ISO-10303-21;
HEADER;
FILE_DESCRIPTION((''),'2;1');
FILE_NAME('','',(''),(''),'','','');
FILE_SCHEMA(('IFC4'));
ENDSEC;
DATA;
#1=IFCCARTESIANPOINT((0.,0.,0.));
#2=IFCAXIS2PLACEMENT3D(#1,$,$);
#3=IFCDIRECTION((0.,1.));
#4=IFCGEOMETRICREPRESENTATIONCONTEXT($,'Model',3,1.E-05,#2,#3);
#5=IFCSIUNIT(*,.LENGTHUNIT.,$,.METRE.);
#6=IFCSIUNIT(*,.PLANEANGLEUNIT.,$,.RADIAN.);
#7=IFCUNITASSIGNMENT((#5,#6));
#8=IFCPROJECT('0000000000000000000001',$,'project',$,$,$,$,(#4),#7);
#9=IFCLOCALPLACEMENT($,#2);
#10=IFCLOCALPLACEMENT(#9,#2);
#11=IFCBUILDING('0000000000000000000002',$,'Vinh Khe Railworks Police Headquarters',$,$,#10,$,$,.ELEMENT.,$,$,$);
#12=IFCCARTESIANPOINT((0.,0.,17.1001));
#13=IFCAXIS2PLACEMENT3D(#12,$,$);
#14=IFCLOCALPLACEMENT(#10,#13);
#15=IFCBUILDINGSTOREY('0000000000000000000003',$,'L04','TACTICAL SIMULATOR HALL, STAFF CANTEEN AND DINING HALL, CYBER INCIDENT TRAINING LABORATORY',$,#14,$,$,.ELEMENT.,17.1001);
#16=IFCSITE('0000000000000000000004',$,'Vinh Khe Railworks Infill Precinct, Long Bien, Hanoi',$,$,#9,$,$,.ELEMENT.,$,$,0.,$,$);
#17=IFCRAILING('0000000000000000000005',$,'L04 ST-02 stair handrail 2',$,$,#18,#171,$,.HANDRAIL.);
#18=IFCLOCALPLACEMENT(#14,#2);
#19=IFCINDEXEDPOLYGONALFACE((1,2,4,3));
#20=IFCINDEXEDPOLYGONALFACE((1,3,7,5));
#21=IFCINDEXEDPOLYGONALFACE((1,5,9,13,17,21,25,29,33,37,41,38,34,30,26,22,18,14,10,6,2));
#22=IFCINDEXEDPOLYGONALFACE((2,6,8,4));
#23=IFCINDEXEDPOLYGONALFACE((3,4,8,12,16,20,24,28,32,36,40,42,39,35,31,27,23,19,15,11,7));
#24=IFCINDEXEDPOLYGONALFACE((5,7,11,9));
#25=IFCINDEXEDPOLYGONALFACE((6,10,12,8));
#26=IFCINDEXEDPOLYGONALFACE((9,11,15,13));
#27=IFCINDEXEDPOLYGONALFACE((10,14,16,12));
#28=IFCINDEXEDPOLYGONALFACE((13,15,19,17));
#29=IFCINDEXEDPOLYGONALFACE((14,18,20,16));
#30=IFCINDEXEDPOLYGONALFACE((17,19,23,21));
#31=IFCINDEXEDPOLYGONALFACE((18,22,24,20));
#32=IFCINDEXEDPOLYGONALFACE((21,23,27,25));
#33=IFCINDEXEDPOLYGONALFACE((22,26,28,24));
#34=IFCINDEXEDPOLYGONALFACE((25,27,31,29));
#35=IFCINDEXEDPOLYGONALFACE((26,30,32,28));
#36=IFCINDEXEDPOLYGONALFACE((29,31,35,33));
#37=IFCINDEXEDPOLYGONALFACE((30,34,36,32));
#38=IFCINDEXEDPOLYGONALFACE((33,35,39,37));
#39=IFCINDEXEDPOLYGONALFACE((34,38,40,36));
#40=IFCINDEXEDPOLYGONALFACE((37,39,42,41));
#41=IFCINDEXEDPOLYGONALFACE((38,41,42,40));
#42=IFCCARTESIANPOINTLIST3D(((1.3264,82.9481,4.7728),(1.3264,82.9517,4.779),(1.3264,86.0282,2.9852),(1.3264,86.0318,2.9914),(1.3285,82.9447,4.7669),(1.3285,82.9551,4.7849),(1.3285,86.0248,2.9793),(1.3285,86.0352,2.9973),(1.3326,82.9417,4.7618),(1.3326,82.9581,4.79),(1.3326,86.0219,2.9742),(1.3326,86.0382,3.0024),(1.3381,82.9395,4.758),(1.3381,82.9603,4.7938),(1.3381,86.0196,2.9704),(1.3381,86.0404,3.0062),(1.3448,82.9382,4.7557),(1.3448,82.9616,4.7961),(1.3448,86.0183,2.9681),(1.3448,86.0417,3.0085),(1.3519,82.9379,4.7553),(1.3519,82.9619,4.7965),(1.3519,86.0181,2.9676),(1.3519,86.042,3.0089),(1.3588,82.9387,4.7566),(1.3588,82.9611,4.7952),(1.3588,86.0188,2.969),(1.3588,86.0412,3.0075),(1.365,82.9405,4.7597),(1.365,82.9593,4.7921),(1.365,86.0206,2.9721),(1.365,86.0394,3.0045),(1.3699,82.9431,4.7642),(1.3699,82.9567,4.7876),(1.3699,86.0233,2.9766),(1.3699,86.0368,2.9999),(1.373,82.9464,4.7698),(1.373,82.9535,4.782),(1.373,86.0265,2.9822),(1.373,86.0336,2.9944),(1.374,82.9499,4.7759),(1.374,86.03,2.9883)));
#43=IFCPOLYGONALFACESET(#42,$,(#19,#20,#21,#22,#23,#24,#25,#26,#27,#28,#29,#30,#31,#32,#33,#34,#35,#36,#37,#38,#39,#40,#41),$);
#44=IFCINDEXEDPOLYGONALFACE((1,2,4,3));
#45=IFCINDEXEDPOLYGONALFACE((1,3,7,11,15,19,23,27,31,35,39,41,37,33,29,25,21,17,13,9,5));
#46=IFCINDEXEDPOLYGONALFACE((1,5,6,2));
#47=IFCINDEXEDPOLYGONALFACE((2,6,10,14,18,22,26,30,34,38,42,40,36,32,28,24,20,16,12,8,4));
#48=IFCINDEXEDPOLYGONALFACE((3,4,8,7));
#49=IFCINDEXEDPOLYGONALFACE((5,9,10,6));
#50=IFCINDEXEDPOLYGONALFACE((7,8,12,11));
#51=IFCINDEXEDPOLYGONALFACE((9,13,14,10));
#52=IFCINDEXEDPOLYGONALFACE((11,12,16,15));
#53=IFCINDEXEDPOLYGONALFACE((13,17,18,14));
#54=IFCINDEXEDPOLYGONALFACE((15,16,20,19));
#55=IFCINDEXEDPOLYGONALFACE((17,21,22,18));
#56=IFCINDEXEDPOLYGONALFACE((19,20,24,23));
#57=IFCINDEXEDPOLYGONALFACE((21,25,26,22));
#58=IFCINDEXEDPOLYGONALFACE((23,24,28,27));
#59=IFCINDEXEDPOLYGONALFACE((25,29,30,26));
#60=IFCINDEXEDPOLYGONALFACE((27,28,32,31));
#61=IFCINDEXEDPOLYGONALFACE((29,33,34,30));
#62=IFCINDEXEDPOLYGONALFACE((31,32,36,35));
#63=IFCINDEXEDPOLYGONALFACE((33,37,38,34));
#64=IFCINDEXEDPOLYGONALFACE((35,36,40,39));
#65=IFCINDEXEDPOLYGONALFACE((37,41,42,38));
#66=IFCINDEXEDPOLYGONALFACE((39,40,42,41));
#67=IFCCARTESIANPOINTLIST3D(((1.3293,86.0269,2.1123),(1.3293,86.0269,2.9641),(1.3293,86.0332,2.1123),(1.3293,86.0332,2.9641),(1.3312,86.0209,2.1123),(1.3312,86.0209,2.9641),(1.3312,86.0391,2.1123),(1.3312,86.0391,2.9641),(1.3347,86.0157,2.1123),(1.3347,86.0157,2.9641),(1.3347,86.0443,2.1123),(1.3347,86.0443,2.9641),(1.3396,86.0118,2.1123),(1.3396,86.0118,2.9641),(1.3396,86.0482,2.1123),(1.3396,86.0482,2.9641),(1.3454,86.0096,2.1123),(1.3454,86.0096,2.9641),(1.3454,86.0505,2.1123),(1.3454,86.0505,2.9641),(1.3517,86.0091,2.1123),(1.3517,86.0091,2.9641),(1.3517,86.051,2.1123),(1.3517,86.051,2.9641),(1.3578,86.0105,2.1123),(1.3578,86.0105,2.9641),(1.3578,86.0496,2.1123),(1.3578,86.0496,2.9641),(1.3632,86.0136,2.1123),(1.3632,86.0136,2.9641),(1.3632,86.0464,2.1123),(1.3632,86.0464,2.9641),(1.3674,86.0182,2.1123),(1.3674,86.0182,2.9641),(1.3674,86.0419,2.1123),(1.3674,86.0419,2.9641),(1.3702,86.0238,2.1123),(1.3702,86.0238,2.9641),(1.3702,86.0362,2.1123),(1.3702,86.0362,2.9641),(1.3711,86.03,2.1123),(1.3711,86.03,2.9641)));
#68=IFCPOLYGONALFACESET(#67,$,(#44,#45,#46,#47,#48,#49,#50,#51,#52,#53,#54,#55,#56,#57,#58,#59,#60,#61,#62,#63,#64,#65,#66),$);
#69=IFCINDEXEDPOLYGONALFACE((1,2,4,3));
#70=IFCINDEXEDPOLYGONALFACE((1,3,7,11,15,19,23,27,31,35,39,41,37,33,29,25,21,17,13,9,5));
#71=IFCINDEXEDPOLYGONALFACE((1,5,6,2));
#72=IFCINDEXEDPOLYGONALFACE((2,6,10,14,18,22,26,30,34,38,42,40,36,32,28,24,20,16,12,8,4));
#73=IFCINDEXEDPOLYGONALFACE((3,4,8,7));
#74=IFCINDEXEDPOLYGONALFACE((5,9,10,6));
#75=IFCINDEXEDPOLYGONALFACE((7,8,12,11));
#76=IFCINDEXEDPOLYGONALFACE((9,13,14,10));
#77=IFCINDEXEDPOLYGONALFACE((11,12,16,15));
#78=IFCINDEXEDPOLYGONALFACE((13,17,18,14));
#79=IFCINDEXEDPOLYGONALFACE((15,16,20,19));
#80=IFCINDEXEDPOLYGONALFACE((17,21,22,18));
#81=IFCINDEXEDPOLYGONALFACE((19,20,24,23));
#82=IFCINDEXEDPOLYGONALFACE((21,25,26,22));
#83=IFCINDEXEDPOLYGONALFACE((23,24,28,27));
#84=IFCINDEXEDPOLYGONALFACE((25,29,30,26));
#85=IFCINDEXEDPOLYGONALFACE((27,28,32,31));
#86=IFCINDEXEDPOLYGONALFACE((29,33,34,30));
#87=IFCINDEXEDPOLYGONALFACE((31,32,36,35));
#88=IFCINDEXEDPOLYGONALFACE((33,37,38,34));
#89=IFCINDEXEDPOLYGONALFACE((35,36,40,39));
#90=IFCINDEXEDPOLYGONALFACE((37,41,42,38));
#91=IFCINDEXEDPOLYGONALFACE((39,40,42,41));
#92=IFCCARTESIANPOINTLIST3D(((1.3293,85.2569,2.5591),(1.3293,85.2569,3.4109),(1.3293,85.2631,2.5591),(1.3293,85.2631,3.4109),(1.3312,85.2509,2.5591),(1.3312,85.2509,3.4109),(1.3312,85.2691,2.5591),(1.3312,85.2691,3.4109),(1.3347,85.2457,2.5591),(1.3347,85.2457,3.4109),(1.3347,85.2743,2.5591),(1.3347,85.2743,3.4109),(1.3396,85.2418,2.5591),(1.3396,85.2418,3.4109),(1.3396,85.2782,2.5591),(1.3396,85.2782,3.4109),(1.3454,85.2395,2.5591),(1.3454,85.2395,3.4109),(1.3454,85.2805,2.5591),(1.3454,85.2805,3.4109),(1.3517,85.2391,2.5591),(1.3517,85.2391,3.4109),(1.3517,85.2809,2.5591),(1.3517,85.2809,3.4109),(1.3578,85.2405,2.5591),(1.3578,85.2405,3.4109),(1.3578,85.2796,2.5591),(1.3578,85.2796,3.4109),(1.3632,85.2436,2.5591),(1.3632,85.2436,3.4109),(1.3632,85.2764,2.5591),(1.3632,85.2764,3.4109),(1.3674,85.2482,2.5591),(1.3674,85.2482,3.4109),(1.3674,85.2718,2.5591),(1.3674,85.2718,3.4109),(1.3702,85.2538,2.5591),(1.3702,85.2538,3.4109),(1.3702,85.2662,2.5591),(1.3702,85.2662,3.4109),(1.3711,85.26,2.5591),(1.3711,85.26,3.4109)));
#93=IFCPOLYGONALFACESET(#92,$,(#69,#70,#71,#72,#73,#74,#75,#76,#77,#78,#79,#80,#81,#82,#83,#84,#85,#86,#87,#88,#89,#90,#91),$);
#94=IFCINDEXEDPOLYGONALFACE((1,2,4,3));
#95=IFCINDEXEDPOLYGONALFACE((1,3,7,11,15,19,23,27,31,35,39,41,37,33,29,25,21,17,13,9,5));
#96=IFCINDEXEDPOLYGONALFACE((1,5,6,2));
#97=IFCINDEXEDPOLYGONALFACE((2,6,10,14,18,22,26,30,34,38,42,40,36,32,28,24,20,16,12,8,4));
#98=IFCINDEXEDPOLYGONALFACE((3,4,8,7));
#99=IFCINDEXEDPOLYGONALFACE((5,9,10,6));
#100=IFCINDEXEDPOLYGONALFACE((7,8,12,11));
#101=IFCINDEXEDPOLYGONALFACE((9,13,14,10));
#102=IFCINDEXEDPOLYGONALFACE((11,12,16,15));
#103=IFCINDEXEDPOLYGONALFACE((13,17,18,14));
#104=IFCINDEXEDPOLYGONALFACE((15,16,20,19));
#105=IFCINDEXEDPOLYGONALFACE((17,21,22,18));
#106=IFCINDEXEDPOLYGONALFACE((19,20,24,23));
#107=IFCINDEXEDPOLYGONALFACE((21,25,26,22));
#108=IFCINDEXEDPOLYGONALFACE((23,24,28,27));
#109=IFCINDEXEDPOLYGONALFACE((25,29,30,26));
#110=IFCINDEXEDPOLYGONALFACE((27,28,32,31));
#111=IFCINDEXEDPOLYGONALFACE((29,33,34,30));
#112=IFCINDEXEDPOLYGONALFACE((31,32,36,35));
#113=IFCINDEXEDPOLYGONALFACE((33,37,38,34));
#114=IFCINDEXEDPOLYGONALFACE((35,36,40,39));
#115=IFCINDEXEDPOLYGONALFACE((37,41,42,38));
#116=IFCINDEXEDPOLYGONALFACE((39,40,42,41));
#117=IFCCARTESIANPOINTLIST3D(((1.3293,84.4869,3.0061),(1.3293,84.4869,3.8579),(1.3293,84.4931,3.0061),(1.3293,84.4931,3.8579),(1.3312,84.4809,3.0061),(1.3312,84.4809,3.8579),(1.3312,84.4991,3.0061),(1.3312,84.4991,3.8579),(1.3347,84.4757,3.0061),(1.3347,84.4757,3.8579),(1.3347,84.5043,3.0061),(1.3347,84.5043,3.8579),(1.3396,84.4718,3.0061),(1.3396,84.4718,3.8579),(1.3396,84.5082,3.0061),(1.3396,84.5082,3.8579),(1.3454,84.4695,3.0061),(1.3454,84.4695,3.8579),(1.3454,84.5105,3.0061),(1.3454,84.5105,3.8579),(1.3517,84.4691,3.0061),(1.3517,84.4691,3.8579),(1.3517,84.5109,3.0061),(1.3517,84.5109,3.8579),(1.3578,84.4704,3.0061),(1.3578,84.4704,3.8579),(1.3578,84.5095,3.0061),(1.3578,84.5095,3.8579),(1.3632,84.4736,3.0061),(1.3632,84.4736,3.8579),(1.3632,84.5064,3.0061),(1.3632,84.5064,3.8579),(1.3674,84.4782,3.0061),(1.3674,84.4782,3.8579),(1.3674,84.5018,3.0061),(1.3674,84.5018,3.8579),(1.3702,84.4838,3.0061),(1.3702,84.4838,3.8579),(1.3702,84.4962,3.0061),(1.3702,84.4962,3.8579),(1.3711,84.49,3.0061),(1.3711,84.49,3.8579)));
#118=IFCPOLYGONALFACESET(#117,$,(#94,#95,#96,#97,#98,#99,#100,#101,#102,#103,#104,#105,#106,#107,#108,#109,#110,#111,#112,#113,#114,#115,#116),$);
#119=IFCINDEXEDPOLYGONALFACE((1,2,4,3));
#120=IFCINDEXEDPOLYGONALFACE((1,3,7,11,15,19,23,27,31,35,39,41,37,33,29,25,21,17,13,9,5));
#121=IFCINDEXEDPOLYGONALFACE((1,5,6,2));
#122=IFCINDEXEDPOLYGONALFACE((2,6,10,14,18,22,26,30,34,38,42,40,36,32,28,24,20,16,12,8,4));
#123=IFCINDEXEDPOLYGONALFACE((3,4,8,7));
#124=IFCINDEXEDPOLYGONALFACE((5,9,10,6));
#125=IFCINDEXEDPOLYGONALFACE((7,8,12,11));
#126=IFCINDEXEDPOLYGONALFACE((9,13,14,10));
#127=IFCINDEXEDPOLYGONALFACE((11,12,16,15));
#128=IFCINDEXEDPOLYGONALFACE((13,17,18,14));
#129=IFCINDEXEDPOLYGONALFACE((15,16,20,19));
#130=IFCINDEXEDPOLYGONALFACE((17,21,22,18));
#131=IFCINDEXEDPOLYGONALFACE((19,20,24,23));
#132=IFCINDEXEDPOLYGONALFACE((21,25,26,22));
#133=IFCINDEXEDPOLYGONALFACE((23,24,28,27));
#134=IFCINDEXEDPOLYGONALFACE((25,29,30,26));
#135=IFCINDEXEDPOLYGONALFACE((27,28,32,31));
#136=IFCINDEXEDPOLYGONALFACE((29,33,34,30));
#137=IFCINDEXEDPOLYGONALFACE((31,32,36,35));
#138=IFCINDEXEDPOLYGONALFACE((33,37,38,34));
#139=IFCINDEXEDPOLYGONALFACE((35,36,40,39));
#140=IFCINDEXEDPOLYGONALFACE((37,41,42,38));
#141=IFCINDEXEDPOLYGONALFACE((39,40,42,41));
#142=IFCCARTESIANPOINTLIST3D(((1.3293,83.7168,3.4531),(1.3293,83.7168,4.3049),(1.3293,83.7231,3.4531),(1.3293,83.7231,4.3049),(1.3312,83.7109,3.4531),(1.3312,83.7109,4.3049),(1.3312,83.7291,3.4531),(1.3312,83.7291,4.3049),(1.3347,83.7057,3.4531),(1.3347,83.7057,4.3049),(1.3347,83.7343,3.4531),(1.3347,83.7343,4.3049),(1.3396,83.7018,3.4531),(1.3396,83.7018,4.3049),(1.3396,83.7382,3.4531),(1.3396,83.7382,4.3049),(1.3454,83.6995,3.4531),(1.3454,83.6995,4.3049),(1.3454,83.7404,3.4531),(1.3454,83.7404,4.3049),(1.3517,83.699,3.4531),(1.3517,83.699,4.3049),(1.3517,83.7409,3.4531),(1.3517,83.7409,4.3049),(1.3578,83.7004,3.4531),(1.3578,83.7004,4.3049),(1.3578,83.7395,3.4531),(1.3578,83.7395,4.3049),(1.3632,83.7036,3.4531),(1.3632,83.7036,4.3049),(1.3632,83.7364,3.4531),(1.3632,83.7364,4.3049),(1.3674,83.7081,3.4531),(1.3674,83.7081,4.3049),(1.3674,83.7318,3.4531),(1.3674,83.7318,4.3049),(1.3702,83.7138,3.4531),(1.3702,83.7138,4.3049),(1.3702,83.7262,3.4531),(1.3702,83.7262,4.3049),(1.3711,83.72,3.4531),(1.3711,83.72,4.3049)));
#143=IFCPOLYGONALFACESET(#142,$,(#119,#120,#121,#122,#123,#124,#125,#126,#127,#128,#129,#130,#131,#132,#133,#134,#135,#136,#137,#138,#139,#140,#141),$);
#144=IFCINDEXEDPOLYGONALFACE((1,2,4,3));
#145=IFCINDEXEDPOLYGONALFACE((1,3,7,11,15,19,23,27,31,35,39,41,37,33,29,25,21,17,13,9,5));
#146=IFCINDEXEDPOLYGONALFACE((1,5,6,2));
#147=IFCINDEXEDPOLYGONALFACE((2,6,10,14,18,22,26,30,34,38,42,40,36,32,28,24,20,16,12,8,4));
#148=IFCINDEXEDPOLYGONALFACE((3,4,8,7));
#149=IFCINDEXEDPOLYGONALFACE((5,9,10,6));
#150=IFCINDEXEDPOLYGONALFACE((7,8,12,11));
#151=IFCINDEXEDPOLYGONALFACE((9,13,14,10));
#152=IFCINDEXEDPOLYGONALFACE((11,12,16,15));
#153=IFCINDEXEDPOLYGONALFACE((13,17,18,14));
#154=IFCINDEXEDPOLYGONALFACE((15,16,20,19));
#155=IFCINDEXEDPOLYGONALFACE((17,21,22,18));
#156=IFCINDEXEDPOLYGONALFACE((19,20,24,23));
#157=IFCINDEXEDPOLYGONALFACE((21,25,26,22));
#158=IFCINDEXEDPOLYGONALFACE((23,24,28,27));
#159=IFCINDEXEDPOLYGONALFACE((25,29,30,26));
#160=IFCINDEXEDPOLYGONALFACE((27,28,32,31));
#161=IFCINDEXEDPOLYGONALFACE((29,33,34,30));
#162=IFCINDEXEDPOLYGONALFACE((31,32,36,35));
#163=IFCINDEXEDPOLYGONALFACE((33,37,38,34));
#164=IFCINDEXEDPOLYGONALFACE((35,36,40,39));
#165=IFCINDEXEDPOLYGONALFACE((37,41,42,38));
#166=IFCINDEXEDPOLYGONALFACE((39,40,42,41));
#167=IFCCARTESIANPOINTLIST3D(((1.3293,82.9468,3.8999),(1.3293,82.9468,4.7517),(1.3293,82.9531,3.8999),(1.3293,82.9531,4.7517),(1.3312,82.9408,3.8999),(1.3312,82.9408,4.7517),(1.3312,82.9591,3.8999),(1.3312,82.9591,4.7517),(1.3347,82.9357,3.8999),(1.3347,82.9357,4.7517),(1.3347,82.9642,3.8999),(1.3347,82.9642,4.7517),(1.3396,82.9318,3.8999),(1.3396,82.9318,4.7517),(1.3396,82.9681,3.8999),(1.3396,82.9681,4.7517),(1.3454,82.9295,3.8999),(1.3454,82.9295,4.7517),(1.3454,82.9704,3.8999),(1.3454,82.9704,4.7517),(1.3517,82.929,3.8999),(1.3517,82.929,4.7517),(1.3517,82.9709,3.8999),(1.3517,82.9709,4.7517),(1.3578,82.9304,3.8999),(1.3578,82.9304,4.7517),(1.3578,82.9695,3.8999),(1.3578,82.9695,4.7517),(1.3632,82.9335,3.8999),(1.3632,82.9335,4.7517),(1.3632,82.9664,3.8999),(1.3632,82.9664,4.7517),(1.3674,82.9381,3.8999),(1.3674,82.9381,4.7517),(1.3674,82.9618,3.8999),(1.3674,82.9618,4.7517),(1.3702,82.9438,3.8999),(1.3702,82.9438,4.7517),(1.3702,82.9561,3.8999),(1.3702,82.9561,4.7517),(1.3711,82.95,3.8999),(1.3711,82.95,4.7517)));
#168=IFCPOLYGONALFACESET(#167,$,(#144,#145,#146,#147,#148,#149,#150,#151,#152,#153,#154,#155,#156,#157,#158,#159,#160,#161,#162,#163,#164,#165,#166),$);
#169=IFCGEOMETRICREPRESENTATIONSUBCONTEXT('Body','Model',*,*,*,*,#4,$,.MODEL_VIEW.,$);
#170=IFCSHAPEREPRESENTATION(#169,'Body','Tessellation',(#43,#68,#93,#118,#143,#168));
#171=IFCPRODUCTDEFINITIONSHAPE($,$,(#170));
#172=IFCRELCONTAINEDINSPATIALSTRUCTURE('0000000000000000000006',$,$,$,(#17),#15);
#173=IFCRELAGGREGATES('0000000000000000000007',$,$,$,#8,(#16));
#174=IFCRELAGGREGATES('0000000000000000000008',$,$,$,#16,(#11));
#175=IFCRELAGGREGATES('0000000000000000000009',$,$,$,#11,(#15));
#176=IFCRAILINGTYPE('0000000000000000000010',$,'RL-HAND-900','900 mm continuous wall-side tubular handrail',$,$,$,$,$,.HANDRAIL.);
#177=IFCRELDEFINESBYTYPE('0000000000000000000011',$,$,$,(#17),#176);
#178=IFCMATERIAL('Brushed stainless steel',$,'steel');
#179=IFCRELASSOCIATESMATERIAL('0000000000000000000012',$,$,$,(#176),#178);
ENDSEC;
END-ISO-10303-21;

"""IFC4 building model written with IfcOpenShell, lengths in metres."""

from ifc_helpers import new_model, si_unit, direction, frame, origin, origin_2d, place, context, subcontext, project, spatial, circle, extrude, material, type_object, element, save


model = new_model("IFC4")

# Units and contexts
model_context = context("Model", 3, precision=1e-05, world=origin(), true_north=direction((0.0, 1.0)))
body_context = subcontext(model_context, "Body", "Model", "MODEL_VIEW")
ifc_project = project(units=[si_unit("LENGTHUNIT", "METRE"), si_unit("PLANEANGLEUNIT", "RADIAN")], contexts=[model_context])

# Site, building, storey
site_placement = place(None, origin())
site = spatial("IfcSite", under=ifc_project, at=site_placement, Name="Vinh Khe Railworks Infill Precinct, Long Bien, Hanoi", CompositionType="ELEMENT", RefElevation=0.0)
building_placement = place(site_placement, origin())
building = spatial("IfcBuilding", under=site, at=building_placement, Name="Vinh Khe Railworks Police Headquarters", CompositionType="ELEMENT")
storey_placement = place(building_placement, frame((0.0, 0.0, 17.1001)))
storey = spatial("IfcBuildingStorey", under=building, at=storey_placement, Name="L04", Description="TACTICAL SIMULATOR HALL, STAFF CANTEEN AND DINING HALL, CYBER INCIDENT TRAINING LABORATORY", CompositionType="ELEMENT", Elevation=17.1001)

# Railing
ifc_material_1 = material(Name="Brushed stainless steel", Category="steel")
railing_type_1 = type_object("IfcRailingType", Name="RL-HAND-900", Description="900 mm continuous wall-side tubular handrail", PredefinedType="HANDRAIL", material=ifc_material_1)
railing_1_placement = place(storey_placement, frame((1.3501, 86.03, 2.1123)))
element("IfcRailing", 1, at=railing_1_placement, inside=storey, type_object=railing_type_1, Name="L04 ST-02 stair handrail 2", PredefinedType="HANDRAIL", context=body_context, shape_type="SweptSolid", body=[
    extrude(circle(Radius=0.0239, at=origin_2d()), frame((0.0, 0.0, 0.876), z_axis=(0.0, -0.864891, 0.50196), x_axis=(1.0, 0.0, 0.0)), (0.0, 0.0, 1.0), 3.5613),
    extrude(circle(Radius=0.021, at=origin_2d()), origin(), (0.0, 0.0, 1.0), 0.8518),
    extrude(circle(Radius=0.021, at=origin_2d()), frame((0.0, -0.77, 0.4468)), (0.0, 0.0, 1.0), 0.8518),
    extrude(circle(Radius=0.021, at=origin_2d()), frame((0.0, -1.54, 0.8938)), (0.0, 0.0, 1.0), 0.8518),
    extrude(circle(Radius=0.021, at=origin_2d()), frame((0.0, -2.3101, 1.3408)), (0.0, 0.0, 1.0), 0.8518),
    extrude(circle(Radius=0.021, at=origin_2d()), frame((0.0, -3.0801, 1.7876)), (0.0, 0.0, 1.0), 0.8518),
])

save(model, "model.ifc")
